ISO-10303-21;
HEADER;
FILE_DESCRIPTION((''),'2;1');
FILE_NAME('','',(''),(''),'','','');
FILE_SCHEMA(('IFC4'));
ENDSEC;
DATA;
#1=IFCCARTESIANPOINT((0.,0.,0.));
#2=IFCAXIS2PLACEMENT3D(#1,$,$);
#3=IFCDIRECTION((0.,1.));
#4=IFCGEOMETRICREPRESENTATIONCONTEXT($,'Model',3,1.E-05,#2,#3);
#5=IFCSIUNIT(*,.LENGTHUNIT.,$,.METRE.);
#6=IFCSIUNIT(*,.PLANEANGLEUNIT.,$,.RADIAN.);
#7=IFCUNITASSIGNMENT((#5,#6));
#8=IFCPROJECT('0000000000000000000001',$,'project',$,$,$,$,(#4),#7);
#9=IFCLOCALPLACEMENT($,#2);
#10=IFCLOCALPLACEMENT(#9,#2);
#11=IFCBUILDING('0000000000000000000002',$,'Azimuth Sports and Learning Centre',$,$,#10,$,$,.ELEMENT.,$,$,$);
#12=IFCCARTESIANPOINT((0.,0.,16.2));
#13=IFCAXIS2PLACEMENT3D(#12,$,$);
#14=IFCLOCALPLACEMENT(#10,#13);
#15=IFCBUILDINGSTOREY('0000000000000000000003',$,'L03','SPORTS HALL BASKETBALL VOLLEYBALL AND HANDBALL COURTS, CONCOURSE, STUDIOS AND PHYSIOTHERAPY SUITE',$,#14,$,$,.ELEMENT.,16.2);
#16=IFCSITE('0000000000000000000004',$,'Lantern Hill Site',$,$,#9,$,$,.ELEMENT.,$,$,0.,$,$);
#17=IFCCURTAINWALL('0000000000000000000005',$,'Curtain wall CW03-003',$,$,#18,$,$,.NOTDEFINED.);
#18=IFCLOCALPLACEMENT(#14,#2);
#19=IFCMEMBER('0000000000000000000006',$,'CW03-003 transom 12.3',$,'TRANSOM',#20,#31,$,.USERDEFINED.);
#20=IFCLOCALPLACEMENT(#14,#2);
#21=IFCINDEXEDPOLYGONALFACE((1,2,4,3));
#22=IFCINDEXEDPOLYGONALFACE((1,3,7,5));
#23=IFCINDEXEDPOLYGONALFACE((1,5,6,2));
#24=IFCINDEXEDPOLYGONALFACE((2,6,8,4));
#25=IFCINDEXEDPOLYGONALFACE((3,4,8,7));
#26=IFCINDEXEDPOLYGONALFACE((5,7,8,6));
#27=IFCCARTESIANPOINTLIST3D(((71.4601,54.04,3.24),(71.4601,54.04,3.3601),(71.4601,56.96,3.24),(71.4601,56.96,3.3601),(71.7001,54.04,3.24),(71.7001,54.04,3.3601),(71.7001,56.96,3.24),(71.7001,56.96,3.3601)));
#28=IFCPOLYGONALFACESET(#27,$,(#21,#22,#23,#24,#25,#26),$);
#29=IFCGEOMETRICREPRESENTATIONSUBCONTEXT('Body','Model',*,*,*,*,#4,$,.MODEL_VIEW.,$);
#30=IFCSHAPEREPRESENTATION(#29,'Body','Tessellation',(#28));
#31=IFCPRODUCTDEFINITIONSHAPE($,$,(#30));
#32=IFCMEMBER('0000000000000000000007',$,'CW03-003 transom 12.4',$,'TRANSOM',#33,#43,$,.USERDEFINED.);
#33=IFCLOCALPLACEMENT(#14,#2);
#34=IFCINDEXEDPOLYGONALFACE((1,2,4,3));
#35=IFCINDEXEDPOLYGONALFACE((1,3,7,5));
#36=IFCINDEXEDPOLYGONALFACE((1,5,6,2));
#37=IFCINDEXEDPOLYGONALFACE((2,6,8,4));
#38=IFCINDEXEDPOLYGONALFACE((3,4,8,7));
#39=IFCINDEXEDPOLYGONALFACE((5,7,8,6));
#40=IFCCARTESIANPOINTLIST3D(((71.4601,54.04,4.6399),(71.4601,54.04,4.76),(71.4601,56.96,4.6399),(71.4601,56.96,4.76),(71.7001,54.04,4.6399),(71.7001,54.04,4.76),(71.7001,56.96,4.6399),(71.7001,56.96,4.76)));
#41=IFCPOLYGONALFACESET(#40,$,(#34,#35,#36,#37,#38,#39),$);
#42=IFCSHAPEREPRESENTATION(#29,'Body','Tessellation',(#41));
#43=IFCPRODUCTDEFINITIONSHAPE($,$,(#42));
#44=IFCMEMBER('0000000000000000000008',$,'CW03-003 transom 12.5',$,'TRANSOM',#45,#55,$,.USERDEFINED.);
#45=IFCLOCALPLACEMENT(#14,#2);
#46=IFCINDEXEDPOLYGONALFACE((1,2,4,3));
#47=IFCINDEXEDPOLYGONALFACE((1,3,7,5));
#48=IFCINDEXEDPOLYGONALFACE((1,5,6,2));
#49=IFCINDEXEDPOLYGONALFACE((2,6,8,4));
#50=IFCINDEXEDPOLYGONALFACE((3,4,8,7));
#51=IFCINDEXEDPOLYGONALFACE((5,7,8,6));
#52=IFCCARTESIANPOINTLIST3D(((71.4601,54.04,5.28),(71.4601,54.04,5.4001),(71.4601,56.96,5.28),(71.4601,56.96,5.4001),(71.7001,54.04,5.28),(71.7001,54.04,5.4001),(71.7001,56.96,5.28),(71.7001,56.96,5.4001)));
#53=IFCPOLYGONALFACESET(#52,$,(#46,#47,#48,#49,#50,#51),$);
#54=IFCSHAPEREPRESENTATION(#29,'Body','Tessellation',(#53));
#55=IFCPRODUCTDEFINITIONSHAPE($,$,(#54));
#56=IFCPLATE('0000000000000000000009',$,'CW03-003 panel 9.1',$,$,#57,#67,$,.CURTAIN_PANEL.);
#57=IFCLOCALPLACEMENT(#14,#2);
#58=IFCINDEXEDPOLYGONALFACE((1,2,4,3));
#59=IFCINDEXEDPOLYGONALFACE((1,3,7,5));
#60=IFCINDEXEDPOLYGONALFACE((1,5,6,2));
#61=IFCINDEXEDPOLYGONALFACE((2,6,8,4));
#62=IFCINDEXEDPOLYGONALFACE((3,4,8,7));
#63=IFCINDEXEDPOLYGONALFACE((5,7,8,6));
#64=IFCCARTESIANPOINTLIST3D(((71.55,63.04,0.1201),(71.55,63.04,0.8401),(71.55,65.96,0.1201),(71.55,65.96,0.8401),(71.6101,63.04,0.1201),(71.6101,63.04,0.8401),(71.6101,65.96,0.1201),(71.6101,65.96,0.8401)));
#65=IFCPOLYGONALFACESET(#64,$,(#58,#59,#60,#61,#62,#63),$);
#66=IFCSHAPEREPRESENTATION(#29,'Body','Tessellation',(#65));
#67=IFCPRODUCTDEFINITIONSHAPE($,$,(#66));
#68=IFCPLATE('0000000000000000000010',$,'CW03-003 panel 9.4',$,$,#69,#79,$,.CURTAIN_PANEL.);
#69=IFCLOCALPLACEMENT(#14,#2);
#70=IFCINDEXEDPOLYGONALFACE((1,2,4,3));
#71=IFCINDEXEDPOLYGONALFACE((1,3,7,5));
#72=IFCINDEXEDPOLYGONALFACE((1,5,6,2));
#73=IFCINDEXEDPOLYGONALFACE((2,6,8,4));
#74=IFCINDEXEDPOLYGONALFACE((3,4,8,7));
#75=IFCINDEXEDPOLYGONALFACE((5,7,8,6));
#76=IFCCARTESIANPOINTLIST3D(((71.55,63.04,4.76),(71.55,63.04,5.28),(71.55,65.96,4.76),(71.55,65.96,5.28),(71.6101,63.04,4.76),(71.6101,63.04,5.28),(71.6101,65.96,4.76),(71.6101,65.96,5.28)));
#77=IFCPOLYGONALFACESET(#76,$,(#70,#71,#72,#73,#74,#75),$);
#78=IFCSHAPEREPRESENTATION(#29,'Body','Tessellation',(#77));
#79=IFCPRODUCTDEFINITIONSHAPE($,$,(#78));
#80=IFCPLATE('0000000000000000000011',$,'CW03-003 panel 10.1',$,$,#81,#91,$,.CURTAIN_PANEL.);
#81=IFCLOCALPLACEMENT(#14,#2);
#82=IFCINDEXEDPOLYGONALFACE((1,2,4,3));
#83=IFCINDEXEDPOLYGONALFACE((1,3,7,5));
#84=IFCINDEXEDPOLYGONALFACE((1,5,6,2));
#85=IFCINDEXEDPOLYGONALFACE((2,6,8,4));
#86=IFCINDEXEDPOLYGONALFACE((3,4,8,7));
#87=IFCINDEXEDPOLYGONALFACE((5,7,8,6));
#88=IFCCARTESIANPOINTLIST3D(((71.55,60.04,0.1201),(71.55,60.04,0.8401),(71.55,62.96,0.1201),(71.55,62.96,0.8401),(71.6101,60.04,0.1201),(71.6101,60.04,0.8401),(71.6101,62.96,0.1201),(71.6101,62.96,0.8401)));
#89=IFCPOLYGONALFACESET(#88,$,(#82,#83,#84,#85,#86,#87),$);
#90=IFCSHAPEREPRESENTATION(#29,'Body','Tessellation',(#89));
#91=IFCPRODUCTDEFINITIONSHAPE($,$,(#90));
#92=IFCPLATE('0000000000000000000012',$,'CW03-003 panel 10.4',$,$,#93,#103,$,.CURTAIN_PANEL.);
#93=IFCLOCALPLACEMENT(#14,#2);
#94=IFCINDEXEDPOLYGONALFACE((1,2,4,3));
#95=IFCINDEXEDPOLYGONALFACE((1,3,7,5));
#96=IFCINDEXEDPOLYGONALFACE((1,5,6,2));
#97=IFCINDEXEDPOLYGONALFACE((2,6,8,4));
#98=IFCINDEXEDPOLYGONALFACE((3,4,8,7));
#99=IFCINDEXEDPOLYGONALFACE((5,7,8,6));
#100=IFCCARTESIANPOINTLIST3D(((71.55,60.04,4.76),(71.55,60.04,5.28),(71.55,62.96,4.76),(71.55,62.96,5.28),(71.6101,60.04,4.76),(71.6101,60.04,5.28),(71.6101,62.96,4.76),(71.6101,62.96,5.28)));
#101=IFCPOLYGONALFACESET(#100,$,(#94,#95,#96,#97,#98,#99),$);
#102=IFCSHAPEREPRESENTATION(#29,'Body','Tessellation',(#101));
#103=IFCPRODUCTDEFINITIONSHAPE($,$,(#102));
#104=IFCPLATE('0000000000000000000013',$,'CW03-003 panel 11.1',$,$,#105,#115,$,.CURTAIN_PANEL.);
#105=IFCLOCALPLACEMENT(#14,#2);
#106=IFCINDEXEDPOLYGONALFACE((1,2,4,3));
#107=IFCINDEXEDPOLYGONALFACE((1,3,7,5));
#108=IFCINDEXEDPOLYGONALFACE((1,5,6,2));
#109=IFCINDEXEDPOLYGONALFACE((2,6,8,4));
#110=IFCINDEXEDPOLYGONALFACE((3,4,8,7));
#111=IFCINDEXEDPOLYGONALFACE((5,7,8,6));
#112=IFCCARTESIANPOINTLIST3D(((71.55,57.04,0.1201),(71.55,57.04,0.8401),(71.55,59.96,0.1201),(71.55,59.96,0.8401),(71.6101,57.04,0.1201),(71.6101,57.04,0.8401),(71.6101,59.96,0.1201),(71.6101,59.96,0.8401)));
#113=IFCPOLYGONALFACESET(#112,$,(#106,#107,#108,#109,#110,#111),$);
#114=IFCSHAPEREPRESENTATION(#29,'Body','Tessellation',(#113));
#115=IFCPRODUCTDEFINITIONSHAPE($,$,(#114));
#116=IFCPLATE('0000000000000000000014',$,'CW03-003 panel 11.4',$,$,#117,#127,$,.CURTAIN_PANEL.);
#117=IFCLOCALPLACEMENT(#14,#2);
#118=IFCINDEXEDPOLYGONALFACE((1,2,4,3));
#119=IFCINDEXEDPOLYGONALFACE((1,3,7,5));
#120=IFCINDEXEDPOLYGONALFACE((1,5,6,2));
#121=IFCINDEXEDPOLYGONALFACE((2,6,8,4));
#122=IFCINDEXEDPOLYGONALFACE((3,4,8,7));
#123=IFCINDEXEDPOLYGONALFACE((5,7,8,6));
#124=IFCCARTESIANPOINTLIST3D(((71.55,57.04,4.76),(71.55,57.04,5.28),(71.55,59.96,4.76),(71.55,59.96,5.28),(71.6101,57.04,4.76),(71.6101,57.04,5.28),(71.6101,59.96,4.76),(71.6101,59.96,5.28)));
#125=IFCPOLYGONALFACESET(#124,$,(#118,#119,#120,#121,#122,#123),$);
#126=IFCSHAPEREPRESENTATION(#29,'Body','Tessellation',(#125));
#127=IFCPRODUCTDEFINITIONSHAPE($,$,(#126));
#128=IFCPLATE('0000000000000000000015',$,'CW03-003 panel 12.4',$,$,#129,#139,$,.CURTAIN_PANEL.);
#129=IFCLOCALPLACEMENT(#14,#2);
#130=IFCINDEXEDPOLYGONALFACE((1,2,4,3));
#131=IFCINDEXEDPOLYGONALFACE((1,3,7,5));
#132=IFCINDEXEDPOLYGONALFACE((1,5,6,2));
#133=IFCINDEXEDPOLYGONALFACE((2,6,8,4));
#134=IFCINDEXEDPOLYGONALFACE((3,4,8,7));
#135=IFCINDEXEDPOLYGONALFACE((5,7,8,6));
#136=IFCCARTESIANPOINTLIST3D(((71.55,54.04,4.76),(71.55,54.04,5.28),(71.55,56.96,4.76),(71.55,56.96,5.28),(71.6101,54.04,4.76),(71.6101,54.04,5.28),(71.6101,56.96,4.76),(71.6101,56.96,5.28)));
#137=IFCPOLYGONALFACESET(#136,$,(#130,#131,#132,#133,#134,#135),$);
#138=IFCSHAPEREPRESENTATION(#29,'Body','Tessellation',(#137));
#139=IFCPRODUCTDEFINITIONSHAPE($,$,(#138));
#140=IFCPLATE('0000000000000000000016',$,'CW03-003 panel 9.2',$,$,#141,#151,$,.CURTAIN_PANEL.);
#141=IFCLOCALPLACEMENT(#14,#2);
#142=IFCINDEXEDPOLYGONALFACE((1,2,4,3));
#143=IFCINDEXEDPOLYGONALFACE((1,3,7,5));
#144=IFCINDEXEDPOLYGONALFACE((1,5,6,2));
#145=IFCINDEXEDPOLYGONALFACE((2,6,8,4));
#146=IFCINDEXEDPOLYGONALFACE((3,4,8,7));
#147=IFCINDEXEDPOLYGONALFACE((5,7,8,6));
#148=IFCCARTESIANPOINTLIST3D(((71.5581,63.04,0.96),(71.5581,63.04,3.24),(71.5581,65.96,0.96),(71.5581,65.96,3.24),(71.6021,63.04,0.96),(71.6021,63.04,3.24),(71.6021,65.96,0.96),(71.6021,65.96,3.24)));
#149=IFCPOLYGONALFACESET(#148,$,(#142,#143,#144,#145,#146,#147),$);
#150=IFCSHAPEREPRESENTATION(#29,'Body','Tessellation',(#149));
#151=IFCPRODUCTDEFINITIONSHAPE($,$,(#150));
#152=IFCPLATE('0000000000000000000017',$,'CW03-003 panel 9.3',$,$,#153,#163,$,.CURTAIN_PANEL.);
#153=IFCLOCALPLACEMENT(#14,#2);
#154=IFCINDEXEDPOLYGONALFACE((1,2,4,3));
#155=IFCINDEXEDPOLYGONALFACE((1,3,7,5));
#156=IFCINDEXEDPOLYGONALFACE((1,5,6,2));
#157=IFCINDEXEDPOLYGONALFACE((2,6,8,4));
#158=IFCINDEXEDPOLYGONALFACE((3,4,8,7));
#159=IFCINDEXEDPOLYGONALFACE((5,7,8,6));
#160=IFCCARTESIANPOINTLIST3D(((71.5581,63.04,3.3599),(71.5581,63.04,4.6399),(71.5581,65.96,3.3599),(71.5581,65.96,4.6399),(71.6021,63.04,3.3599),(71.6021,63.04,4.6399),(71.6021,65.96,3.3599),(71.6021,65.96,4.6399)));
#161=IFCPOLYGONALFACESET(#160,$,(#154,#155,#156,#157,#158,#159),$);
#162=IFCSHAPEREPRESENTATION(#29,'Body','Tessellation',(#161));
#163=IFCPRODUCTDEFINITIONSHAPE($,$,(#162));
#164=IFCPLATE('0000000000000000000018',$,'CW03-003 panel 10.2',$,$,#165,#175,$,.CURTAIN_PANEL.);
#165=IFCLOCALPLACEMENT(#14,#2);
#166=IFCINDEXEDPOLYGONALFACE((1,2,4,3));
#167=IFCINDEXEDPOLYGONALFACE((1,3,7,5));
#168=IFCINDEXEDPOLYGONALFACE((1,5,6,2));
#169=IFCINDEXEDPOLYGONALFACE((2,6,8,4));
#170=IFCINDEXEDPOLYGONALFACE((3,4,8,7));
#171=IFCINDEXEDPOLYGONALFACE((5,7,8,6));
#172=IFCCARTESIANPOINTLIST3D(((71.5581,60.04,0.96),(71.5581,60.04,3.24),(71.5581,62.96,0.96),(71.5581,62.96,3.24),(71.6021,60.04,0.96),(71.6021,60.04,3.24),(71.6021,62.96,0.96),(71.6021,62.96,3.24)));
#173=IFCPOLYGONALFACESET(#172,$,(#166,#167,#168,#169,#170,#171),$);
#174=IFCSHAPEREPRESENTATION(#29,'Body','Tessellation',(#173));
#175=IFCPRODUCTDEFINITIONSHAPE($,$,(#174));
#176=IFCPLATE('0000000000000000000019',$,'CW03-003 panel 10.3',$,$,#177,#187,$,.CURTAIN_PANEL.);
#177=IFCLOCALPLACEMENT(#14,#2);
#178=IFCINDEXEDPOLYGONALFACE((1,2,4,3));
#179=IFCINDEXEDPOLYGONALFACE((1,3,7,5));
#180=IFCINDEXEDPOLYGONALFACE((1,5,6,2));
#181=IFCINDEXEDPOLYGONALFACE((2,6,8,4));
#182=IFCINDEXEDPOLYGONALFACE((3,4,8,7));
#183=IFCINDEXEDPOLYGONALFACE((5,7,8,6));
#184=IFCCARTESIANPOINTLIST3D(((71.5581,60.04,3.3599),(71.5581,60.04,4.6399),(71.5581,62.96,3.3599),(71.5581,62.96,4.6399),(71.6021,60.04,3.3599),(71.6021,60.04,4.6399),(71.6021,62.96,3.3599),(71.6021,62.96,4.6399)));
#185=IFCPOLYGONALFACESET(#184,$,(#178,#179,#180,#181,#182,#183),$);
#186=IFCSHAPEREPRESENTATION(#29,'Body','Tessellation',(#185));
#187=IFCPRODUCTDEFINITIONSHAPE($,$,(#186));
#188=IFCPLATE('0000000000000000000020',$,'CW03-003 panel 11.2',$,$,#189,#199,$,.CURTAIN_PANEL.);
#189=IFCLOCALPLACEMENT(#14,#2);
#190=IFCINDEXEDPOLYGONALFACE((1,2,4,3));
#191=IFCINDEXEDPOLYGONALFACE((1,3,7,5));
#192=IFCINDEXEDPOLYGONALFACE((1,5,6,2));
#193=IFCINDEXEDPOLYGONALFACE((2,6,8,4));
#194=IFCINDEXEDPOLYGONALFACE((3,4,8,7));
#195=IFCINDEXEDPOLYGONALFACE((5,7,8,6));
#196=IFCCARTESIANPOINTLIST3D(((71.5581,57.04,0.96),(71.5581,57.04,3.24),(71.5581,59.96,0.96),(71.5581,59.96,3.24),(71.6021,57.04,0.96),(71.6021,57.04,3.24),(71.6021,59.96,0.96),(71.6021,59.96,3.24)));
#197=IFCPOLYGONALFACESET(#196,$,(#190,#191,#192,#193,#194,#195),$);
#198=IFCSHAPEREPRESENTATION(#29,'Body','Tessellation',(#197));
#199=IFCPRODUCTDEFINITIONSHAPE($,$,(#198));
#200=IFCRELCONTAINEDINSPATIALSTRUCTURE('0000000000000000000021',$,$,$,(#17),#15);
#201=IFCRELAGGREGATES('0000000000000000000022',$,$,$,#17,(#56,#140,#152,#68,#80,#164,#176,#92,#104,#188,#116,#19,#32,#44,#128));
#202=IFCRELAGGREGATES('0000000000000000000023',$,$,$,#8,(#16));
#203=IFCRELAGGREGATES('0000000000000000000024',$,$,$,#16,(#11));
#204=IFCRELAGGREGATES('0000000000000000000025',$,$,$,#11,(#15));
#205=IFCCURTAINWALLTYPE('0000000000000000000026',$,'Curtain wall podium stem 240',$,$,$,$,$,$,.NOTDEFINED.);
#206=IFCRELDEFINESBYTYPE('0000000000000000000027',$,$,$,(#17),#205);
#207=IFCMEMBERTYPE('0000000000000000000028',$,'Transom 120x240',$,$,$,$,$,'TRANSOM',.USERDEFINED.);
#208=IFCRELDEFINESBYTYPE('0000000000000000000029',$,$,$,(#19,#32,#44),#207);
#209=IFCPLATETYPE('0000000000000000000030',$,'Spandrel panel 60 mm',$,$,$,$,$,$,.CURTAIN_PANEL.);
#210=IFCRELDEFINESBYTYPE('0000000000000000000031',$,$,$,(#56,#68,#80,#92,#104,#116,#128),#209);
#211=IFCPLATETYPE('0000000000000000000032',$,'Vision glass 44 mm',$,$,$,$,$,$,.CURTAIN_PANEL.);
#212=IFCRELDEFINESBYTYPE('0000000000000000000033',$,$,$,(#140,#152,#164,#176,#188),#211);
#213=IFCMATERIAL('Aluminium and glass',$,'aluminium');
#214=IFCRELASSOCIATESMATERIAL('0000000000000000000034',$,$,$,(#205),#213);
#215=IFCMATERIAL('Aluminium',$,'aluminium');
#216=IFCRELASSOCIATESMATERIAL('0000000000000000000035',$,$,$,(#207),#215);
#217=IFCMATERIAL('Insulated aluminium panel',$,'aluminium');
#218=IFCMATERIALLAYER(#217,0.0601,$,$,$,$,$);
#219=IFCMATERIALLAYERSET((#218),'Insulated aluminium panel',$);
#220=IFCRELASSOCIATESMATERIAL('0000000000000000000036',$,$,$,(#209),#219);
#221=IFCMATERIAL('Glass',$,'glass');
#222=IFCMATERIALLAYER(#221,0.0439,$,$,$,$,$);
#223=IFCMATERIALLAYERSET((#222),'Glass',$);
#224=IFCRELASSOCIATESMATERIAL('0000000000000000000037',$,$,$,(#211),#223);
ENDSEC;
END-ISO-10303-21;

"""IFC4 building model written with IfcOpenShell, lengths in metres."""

from ifc_helpers import new_model, si_unit, direction, frame, origin, origin_2d, place, context, subcontext, project, spatial, rectangle, extrude, material, layer, layer_set, material_profile, profile_set, type_object, element, aggregate, save


model = new_model("IFC4")

# Units and contexts
model_context = context("Model", 3, precision=1e-05, world=origin(), true_north=direction((0.0, 1.0)))
body_context = subcontext(model_context, "Body", "Model", "MODEL_VIEW")
ifc_project = project(units=[si_unit("LENGTHUNIT", "METRE"), si_unit("PLANEANGLEUNIT", "RADIAN")], contexts=[model_context])

# Site, building, storey
site_placement = place(None, origin())
site = spatial("IfcSite", under=ifc_project, at=site_placement, Name="Lantern Hill Site", CompositionType="ELEMENT", RefElevation=0.0)
building_placement = place(site_placement, origin())
building = spatial("IfcBuilding", under=site, at=building_placement, Name="Azimuth Sports and Learning Centre", CompositionType="ELEMENT")
storey_placement = place(building_placement, frame((0.0, 0.0, 16.2)))
storey = spatial("IfcBuildingStorey", under=building, at=storey_placement, Name="L03", Description="SPORTS HALL BASKETBALL VOLLEYBALL AND HANDBALL COURTS, CONCOURSE, STUDIOS AND PHYSIOTHERAPY SUITE", CompositionType="ELEMENT", Elevation=16.2)

# Curtain wall, members, plates
ifc_material_1 = material(Name="Aluminium and glass", Category="aluminium")
curtain_wall_type = type_object("IfcCurtainWallType", Name="Curtain wall podium stem 240", PredefinedType="NOTDEFINED", material=ifc_material_1)
curtain_wall_placement = place(storey_placement, origin())
curtain_wall = element("IfcCurtainWall", 1, at=curtain_wall_placement, inside=storey, type_object=curtain_wall_type, Name="Curtain wall CW03-003", PredefinedType="NOTDEFINED")
ifc_material_2 = material(Name="Aluminium", Category="aluminium")
ifc_material_profile_1 = material_profile(ifc_material_2, rectangle(XDim=0.24, YDim=0.1201, at=origin_2d()), Name="Transom 120x240")
ifc_profile_set_1 = profile_set([ifc_material_profile_1], Name="Aluminium")
member_type_1 = type_object("IfcMemberType", Name="Transom 120x240", ElementType="TRANSOM", PredefinedType="USERDEFINED", material=ifc_profile_set_1)
member_1_placement = place(storey_placement, frame((71.5801, 56.96, 3.3), z_axis=(0.0, -1.0, 0.0), x_axis=(1.0, 0.0, 0.0)))
member_1 = element("IfcMember", 2, at=member_1_placement, type_object=member_type_1, Name="CW03-003 transom 12.3", ObjectType="TRANSOM", PredefinedType="USERDEFINED", context=body_context, shape_type="SweptSolid", body=[
    extrude(rectangle(XDim=0.24, YDim=0.1201, at=origin_2d()), origin(), (0.0, 0.0, 1.0), 2.9199),
])
member_2_placement = place(storey_placement, frame((71.5801, 56.96, 4.7), z_axis=(0.0, -1.0, 0.0), x_axis=(1.0, 0.0, 0.0)))
member_2 = element("IfcMember", 3, at=member_2_placement, type_object=member_type_1, Name="CW03-003 transom 12.4", ObjectType="TRANSOM", PredefinedType="USERDEFINED", context=body_context, shape_type="SweptSolid", body=[
    extrude(rectangle(XDim=0.24, YDim=0.1201, at=origin_2d()), origin(), (0.0, 0.0, 1.0), 2.9199),
])
member_3_placement = place(storey_placement, frame((71.5801, 56.96, 5.3401), z_axis=(0.0, -1.0, 0.0), x_axis=(1.0, 0.0, 0.0)))
member_3 = element("IfcMember", 4, at=member_3_placement, type_object=member_type_1, Name="CW03-003 transom 12.5", ObjectType="TRANSOM", PredefinedType="USERDEFINED", context=body_context, shape_type="SweptSolid", body=[
    extrude(rectangle(XDim=0.24, YDim=0.1201, at=origin_2d()), origin(), (0.0, 0.0, 1.0), 2.9199),
])
ifc_material_3 = material(Name="Insulated aluminium panel", Category="aluminium")
ifc_layer_1 = layer(ifc_material_3, 0.0601)
ifc_layer_set_1 = layer_set([ifc_layer_1], Name="Insulated aluminium panel")
plate_type_1 = type_object("IfcPlateType", Name="Spandrel panel 60 mm", PredefinedType="CURTAIN_PANEL", material=ifc_layer_set_1)
plate_1_placement = place(storey_placement, frame((71.5801, 64.5, 0.1201), z_axis=(0.0, 0.0, 1.0), x_axis=(0.0, -1.0, 0.0)))
plate_1 = element("IfcPlate", 5, at=plate_1_placement, type_object=plate_type_1, Name="CW03-003 panel 9.1", PredefinedType="CURTAIN_PANEL", context=body_context, shape_type="SweptSolid", body=[
    extrude(rectangle(XDim=2.9199, YDim=0.0601, at=origin_2d()), origin(), (0.0, 0.0, 1.0), 0.72),
])
plate_2_placement = place(storey_placement, frame((71.5801, 64.5, 4.76), z_axis=(0.0, 0.0, 1.0), x_axis=(0.0, -1.0, 0.0)))
plate_2 = element("IfcPlate", 6, at=plate_2_placement, type_object=plate_type_1, Name="CW03-003 panel 9.4", PredefinedType="CURTAIN_PANEL", context=body_context, shape_type="SweptSolid", body=[
    extrude(rectangle(XDim=2.9199, YDim=0.0601, at=origin_2d()), origin(), (0.0, 0.0, 1.0), 0.52),
])
plate_3_placement = place(storey_placement, frame((71.5801, 61.5, 0.1201), z_axis=(0.0, 0.0, 1.0), x_axis=(0.0, -1.0, 0.0)))
plate_3 = element("IfcPlate", 7, at=plate_3_placement, type_object=plate_type_1, Name="CW03-003 panel 10.1", PredefinedType="CURTAIN_PANEL", context=body_context, shape_type="SweptSolid", body=[
    extrude(rectangle(XDim=2.9199, YDim=0.0601, at=origin_2d()), origin(), (0.0, 0.0, 1.0), 0.72),
])
plate_4_placement = place(storey_placement, frame((71.5801, 61.5, 4.76), z_axis=(0.0, 0.0, 1.0), x_axis=(0.0, -1.0, 0.0)))
plate_4 = element("IfcPlate", 8, at=plate_4_placement, type_object=plate_type_1, Name="CW03-003 panel 10.4", PredefinedType="CURTAIN_PANEL", context=body_context, shape_type="SweptSolid", body=[
    extrude(rectangle(XDim=2.9199, YDim=0.0601, at=origin_2d()), origin(), (0.0, 0.0, 1.0), 0.52),
])
plate_5_placement = place(storey_placement, frame((71.5801, 58.5, 0.1201), z_axis=(0.0, 0.0, 1.0), x_axis=(0.0, -1.0, 0.0)))
plate_5 = element("IfcPlate", 9, at=plate_5_placement, type_object=plate_type_1, Name="CW03-003 panel 11.1", PredefinedType="CURTAIN_PANEL", context=body_context, shape_type="SweptSolid", body=[
    extrude(rectangle(XDim=2.9199, YDim=0.0601, at=origin_2d()), origin(), (0.0, 0.0, 1.0), 0.72),
])
plate_6_placement = place(storey_placement, frame((71.5801, 58.5, 4.76), z_axis=(0.0, 0.0, 1.0), x_axis=(0.0, -1.0, 0.0)))
plate_6 = element("IfcPlate", 10, at=plate_6_placement, type_object=plate_type_1, Name="CW03-003 panel 11.4", PredefinedType="CURTAIN_PANEL", context=body_context, shape_type="SweptSolid", body=[
    extrude(rectangle(XDim=2.9199, YDim=0.0601, at=origin_2d()), origin(), (0.0, 0.0, 1.0), 0.52),
])
plate_7_placement = place(storey_placement, frame((71.5801, 55.5, 4.76), z_axis=(0.0, 0.0, 1.0), x_axis=(0.0, -1.0, 0.0)))
plate_7 = element("IfcPlate", 11, at=plate_7_placement, type_object=plate_type_1, Name="CW03-003 panel 12.4", PredefinedType="CURTAIN_PANEL", context=body_context, shape_type="SweptSolid", body=[
    extrude(rectangle(XDim=2.9199, YDim=0.0601, at=origin_2d()), origin(), (0.0, 0.0, 1.0), 0.52),
])
ifc_material_4 = material(Name="Glass", Category="glass")
ifc_layer_2 = layer(ifc_material_4, 0.0439)
ifc_layer_set_2 = layer_set([ifc_layer_2], Name="Glass")
plate_type_2 = type_object("IfcPlateType", Name="Vision glass 44 mm", PredefinedType="CURTAIN_PANEL", material=ifc_layer_set_2)
plate_8_placement = place(storey_placement, frame((71.5801, 64.5, 0.96), z_axis=(0.0, 0.0, 1.0), x_axis=(0.0, -1.0, 0.0)))
plate_8 = element("IfcPlate", 12, at=plate_8_placement, type_object=plate_type_2, Name="CW03-003 panel 9.2", PredefinedType="CURTAIN_PANEL", context=body_context, shape_type="SweptSolid", body=[
    extrude(rectangle(XDim=2.9199, YDim=0.0439, at=origin_2d()), origin(), (0.0, 0.0, 1.0), 2.28),
])
plate_9_placement = place(storey_placement, frame((71.5801, 64.5, 3.3599), z_axis=(0.0, 0.0, 1.0), x_axis=(0.0, -1.0, 0.0)))
plate_9 = element("IfcPlate", 13, at=plate_9_placement, type_object=plate_type_2, Name="CW03-003 panel 9.3", PredefinedType="CURTAIN_PANEL", context=body_context, shape_type="SweptSolid", body=[
    extrude(rectangle(XDim=2.9199, YDim=0.0439, at=origin_2d()), origin(), (0.0, 0.0, 1.0), 1.28),
])
plate_10_placement = place(storey_placement, frame((71.5801, 61.5, 0.96), z_axis=(0.0, 0.0, 1.0), x_axis=(0.0, -1.0, 0.0)))
plate_10 = element("IfcPlate", 14, at=plate_10_placement, type_object=plate_type_2, Name="CW03-003 panel 10.2", PredefinedType="CURTAIN_PANEL", context=body_context, shape_type="SweptSolid", body=[
    extrude(rectangle(XDim=2.9199, YDim=0.0439, at=origin_2d()), origin(), (0.0, 0.0, 1.0), 2.28),
])
plate_11_placement = place(storey_placement, frame((71.5801, 61.5, 3.3599), z_axis=(0.0, 0.0, 1.0), x_axis=(0.0, -1.0, 0.0)))
plate_11 = element("IfcPlate", 15, at=plate_11_placement, type_object=plate_type_2, Name="CW03-003 panel 10.3", PredefinedType="CURTAIN_PANEL", context=body_context, shape_type="SweptSolid", body=[
    extrude(rectangle(XDim=2.9199, YDim=0.0439, at=origin_2d()), origin(), (0.0, 0.0, 1.0), 1.28),
])
plate_12_placement = place(storey_placement, frame((71.5801, 58.5, 0.96), z_axis=(0.0, 0.0, 1.0), x_axis=(0.0, -1.0, 0.0)))
plate_12 = element("IfcPlate", 16, at=plate_12_placement, type_object=plate_type_2, Name="CW03-003 panel 11.2", PredefinedType="CURTAIN_PANEL", context=body_context, shape_type="SweptSolid", body=[
    extrude(rectangle(XDim=2.9199, YDim=0.0439, at=origin_2d()), origin(), (0.0, 0.0, 1.0), 2.28),
])
aggregate(curtain_wall, [plate_1, plate_8, plate_9, plate_2, plate_3, plate_10, plate_11, plate_4, plate_5, plate_12, plate_6, member_1, member_2, member_3, plate_7])

save(model, "model.ifc")
